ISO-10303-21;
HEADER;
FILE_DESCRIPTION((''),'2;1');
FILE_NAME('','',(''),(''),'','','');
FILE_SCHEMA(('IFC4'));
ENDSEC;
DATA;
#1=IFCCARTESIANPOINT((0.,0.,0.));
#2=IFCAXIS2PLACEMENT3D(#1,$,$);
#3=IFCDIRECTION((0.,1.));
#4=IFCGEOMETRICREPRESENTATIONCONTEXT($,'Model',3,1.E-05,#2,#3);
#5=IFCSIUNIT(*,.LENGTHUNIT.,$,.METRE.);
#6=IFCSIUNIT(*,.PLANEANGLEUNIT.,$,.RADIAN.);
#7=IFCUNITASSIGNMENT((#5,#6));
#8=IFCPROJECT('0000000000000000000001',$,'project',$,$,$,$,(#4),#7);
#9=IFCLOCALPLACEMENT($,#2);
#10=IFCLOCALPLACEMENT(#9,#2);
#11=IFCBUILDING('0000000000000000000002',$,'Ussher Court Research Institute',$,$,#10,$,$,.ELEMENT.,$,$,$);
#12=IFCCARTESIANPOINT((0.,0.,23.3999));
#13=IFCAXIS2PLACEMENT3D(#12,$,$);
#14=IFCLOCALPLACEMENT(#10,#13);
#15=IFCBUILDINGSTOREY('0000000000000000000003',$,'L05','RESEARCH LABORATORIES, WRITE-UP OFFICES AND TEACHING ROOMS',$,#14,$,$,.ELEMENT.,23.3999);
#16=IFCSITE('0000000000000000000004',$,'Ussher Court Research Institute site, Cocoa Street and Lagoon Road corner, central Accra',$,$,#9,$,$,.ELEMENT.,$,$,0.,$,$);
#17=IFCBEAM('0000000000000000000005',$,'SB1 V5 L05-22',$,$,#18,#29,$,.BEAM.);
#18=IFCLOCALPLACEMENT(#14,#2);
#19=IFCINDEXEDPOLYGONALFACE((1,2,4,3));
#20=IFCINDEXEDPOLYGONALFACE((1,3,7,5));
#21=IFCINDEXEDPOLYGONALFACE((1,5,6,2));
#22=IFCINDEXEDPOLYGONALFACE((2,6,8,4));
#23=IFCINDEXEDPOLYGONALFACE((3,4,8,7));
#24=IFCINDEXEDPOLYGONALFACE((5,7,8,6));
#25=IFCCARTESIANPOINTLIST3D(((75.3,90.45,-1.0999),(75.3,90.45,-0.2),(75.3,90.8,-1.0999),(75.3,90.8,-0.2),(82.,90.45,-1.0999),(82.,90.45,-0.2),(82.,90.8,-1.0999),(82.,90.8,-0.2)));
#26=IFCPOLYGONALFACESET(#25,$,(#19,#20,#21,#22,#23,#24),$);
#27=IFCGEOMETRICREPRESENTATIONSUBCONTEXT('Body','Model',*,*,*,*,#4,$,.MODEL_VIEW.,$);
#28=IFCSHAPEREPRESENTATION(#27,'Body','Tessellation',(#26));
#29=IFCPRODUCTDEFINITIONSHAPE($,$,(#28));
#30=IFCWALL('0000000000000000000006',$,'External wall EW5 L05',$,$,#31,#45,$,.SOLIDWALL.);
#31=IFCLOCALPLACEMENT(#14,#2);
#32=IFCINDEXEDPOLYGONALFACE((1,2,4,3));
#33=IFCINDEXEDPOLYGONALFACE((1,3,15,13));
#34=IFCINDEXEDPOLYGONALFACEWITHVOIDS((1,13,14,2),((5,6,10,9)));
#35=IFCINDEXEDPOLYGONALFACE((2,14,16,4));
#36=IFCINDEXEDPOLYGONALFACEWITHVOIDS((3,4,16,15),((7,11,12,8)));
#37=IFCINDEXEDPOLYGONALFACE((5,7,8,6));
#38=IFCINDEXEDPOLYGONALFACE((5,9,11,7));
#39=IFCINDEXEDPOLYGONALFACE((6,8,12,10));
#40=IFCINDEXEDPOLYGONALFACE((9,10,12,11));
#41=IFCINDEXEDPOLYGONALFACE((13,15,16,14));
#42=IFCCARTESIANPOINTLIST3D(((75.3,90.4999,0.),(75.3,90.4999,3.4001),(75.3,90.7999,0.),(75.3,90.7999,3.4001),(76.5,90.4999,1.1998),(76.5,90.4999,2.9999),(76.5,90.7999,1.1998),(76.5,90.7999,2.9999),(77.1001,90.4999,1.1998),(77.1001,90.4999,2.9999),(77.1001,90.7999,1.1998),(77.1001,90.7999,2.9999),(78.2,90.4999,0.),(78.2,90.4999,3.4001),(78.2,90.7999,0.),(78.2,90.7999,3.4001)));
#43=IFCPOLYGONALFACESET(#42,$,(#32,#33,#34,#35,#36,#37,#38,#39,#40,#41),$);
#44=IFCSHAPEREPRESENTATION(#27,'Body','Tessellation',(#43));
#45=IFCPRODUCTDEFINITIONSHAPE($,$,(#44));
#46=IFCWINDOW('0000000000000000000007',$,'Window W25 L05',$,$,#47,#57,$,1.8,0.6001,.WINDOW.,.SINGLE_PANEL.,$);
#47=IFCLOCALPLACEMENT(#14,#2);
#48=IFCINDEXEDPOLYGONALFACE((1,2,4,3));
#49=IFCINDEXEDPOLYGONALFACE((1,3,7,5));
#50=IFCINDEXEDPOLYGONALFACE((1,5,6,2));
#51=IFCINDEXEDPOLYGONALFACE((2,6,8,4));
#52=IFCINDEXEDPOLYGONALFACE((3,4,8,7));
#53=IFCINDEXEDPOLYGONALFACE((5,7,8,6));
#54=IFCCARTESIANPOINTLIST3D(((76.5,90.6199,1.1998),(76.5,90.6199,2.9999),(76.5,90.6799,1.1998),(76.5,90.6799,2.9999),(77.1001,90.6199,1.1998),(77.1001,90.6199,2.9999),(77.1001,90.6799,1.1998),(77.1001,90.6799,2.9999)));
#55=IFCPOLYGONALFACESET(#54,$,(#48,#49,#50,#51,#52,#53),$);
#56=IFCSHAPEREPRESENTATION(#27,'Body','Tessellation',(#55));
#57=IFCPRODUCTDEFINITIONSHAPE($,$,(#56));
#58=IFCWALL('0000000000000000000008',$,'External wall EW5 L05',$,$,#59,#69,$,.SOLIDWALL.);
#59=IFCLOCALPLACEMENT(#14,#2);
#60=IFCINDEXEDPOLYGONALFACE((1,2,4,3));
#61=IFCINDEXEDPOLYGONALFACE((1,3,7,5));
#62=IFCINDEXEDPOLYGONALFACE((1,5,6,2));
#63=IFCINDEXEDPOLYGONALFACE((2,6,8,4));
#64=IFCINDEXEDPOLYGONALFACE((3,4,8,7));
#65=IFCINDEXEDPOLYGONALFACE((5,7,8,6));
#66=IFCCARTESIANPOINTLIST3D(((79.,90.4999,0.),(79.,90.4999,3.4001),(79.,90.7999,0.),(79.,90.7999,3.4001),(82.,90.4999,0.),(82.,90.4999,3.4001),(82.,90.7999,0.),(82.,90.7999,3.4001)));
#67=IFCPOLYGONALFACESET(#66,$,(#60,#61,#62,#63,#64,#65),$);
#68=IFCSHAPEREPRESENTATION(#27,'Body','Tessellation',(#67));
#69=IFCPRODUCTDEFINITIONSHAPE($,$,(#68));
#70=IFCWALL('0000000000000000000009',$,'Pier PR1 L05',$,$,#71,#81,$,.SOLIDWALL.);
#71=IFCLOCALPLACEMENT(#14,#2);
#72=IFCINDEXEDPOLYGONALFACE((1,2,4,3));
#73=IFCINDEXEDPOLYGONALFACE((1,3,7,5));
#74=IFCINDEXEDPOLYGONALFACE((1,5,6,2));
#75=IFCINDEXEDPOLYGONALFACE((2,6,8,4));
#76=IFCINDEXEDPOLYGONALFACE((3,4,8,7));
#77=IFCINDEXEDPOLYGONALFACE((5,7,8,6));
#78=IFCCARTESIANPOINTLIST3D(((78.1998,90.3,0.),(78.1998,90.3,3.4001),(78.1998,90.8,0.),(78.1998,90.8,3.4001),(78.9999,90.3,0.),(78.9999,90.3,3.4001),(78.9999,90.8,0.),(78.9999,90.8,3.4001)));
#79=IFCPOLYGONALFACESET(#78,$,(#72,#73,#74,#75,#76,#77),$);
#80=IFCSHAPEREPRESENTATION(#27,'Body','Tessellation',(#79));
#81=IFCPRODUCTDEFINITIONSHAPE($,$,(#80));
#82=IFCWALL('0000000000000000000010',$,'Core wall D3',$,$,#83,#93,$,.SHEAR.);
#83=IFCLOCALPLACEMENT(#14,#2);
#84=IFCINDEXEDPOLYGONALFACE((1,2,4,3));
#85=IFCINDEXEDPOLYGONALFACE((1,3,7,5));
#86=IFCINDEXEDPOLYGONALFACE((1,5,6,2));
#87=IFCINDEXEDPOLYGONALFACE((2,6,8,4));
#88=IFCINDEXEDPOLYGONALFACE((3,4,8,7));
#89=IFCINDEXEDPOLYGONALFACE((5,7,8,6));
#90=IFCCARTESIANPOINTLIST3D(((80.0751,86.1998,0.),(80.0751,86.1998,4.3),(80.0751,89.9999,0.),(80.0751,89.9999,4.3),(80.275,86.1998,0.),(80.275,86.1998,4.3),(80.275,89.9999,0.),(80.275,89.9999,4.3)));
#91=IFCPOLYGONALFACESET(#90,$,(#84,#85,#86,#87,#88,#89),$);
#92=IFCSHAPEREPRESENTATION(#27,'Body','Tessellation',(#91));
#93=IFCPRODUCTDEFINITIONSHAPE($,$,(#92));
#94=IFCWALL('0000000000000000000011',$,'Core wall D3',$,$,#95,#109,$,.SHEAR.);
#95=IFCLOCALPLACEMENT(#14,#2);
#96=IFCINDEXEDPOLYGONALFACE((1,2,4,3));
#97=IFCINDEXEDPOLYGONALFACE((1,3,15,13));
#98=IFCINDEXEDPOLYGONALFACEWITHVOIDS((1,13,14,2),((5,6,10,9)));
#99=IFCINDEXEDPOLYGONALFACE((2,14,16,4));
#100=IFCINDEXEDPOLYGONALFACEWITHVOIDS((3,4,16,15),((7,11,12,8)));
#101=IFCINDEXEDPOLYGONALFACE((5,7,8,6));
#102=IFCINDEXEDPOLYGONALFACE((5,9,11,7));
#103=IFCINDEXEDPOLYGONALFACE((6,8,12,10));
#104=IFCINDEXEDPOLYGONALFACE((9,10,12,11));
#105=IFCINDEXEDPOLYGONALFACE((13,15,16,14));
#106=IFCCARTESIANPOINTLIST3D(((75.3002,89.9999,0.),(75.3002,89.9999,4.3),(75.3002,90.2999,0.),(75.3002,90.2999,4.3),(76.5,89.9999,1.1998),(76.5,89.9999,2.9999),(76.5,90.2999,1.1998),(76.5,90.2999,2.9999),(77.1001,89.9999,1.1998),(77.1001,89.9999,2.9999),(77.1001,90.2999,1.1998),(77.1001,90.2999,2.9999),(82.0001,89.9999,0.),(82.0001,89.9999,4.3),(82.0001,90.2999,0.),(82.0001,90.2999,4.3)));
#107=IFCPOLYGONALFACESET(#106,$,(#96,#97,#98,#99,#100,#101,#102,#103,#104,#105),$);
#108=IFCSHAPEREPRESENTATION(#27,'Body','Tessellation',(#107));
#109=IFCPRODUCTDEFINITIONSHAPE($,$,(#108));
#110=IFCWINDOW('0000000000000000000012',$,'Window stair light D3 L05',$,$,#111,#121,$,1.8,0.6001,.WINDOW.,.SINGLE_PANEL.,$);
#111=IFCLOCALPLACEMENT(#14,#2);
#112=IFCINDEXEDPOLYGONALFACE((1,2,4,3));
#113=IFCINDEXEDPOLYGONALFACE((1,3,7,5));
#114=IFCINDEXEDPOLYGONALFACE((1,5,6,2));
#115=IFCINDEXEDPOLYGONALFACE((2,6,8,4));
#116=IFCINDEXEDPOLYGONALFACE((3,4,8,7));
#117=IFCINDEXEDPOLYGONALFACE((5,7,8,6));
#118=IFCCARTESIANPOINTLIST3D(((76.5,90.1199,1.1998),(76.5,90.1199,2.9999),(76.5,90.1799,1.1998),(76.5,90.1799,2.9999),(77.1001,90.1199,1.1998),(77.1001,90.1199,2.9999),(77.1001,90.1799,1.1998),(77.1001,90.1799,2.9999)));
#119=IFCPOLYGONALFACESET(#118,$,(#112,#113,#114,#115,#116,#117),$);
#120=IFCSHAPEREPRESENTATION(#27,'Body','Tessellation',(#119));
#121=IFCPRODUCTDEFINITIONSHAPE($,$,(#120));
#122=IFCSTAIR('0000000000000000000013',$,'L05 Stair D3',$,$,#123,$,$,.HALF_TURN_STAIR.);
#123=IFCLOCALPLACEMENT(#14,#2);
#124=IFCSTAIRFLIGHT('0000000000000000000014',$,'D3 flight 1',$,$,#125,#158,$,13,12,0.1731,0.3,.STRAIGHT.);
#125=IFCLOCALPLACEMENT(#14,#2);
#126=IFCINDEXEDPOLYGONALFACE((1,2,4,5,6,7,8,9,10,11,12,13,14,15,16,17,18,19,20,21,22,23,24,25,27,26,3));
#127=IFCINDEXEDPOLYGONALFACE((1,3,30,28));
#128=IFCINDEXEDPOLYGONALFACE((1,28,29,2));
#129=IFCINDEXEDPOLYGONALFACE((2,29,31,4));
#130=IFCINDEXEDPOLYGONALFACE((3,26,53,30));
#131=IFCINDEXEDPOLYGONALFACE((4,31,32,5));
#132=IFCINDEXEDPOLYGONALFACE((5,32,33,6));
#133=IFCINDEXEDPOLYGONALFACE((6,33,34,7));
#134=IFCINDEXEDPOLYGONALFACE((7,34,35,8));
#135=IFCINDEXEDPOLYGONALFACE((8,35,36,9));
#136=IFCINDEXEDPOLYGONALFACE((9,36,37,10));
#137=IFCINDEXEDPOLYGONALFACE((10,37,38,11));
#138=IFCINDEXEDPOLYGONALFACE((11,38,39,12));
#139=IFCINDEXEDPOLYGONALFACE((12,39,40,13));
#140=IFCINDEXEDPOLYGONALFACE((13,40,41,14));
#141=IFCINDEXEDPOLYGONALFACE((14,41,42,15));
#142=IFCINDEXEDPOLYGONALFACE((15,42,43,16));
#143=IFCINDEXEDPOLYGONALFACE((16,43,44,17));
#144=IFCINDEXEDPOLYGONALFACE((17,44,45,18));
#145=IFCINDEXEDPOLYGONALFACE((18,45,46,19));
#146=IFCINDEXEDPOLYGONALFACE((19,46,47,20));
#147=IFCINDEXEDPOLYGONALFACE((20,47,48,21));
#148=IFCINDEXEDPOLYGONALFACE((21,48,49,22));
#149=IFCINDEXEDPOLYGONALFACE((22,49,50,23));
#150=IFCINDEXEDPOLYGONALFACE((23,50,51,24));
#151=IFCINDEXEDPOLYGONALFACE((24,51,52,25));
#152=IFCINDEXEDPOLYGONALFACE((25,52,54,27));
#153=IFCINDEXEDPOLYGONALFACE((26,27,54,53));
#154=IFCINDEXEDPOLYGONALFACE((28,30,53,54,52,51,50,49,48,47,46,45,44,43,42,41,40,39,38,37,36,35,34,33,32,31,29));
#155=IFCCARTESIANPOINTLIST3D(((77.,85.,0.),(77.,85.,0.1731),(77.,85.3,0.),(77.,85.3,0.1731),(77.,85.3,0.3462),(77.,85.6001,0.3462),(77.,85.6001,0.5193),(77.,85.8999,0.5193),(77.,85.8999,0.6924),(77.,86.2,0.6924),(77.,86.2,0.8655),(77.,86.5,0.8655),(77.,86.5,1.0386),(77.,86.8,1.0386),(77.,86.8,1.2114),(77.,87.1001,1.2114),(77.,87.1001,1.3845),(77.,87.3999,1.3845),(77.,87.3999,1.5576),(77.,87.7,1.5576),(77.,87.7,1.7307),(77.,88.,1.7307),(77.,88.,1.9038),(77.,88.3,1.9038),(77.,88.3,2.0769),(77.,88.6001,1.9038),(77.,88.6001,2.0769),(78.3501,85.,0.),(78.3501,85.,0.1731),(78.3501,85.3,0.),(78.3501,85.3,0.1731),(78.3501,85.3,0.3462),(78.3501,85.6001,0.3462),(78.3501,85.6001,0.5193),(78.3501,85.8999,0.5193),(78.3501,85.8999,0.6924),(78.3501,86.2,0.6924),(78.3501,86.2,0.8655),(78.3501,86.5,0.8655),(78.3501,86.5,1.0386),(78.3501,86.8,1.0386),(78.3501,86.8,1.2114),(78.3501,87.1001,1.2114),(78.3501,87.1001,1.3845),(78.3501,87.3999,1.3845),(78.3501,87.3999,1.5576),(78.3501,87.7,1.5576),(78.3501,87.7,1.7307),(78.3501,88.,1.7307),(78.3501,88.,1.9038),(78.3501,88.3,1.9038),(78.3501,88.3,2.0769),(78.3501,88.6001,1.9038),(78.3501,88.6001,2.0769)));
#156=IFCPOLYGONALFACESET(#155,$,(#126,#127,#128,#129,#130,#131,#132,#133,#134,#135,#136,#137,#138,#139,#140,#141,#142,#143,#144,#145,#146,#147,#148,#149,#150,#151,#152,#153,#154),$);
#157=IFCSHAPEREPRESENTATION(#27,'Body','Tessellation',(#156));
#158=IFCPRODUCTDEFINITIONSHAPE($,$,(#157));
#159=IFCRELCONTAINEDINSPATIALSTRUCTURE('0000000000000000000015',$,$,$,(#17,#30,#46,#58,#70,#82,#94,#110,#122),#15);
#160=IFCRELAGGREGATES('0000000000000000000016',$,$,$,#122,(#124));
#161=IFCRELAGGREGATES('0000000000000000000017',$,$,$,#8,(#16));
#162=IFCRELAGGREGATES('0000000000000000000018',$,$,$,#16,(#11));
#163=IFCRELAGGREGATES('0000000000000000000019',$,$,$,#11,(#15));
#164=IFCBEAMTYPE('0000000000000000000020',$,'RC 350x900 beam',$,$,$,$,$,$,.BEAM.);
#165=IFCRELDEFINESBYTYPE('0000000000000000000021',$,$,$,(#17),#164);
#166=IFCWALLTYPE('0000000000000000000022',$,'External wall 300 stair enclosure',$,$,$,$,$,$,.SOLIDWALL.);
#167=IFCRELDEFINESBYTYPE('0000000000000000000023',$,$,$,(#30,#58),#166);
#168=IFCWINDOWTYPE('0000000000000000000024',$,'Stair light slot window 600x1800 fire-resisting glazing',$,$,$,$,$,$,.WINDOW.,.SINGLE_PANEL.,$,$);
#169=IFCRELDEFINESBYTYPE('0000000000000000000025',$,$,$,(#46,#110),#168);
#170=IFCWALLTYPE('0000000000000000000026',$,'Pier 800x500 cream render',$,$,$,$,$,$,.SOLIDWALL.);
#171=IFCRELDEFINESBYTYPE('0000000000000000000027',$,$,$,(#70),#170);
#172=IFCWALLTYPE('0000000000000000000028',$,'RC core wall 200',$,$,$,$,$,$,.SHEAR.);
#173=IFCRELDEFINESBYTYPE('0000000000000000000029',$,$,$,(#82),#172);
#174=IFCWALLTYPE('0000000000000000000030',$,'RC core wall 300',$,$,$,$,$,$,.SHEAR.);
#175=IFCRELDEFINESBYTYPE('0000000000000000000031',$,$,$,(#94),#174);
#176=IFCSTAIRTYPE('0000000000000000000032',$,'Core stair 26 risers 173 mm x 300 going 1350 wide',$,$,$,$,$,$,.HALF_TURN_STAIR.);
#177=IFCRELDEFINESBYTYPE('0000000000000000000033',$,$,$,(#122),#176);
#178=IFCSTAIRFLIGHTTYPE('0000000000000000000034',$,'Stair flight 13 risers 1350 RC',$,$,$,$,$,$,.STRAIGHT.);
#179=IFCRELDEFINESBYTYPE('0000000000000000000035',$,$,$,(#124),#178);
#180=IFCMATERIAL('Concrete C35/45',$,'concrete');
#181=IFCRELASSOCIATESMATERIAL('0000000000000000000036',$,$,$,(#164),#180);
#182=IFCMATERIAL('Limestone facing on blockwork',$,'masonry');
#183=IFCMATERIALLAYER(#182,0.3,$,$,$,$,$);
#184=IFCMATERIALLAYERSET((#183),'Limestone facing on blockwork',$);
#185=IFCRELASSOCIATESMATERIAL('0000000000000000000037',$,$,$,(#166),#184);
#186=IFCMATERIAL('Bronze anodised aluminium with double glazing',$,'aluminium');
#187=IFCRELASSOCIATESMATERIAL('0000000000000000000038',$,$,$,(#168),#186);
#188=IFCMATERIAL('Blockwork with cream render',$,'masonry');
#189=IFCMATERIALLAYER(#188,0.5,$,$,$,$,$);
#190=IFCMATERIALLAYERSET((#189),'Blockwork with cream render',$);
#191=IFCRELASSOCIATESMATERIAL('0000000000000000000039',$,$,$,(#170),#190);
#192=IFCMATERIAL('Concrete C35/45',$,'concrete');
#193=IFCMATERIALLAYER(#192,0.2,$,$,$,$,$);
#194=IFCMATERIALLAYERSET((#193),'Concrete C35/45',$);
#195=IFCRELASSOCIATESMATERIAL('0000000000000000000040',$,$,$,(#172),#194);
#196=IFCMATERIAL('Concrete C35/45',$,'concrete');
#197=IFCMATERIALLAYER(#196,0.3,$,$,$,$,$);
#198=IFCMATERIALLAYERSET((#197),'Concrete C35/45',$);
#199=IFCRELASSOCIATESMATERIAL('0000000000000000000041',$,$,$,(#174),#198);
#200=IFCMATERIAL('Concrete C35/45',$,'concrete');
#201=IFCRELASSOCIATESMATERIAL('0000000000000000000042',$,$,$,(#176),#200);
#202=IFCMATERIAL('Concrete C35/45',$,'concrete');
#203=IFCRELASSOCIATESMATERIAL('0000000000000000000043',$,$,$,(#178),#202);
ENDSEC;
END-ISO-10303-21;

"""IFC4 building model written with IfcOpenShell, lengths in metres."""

from ifc_helpers import new_model, si_unit, direction, frame, frame_2d, origin, origin_2d, place, context, subcontext, project, spatial, polyline, rectangle, outline, extrude, material, layer, layer_set, material_profile, profile_set, type_object, element, fill, aggregate, save


model = new_model("IFC4")

# Units and contexts
model_context = context("Model", 3, precision=1e-05, world=origin(), true_north=direction((0.0, 1.0)))
body_context = subcontext(model_context, "Body", "Model", "MODEL_VIEW")
ifc_project = project(units=[si_unit("LENGTHUNIT", "METRE"), si_unit("PLANEANGLEUNIT", "RADIAN")], contexts=[model_context])

# Site, building, storey
site_placement = place(None, origin())
site = spatial("IfcSite", under=ifc_project, at=site_placement, Name="Ussher Court Research Institute site, Cocoa Street and Lagoon Road corner, central Accra", CompositionType="ELEMENT", RefElevation=0.0)
building_placement = place(site_placement, origin())
building = spatial("IfcBuilding", under=site, at=building_placement, Name="Ussher Court Research Institute", CompositionType="ELEMENT")
storey_placement = place(building_placement, frame((0.0, 0.0, 23.3999)))
storey = spatial("IfcBuildingStorey", under=building, at=storey_placement, Name="L05", Description="RESEARCH LABORATORIES, WRITE-UP OFFICES AND TEACHING ROOMS", CompositionType="ELEMENT", Elevation=23.3999)

# Beam
ifc_material_1 = material(Name="Concrete C35/45", Category="concrete")
ifc_material_profile = material_profile(ifc_material_1, rectangle(XDim=0.3501, YDim=0.8999, at=origin_2d()), Name="RC 350x900")
ifc_profile_set = profile_set([ifc_material_profile], Name="Concrete C35/45")
beam_type = type_object("IfcBeamType", Name="RC 350x900 beam", PredefinedType="BEAM", material=ifc_profile_set)
beam_placement = place(storey_placement, frame((75.3, 90.625, -0.6499), z_axis=(1.0, 0.0, 0.0), x_axis=(0.0, 1.0, 0.0)))
element("IfcBeam", 1, at=beam_placement, inside=storey, type_object=beam_type, Name="SB1 V5 L05-22", PredefinedType="BEAM", context=body_context, shape_type="SweptSolid", body=[
    extrude(rectangle(XDim=0.3501, YDim=0.8999, at=origin_2d()), origin(), (0.0, 0.0, 1.0), 6.7),
])

# Wall, opening, window
ifc_material_2 = material(Name="Limestone facing on blockwork", Category="masonry")
ifc_layer_1 = layer(ifc_material_2, 0.3)
ifc_layer_set_1 = layer_set([ifc_layer_1], Name="Limestone facing on blockwork")
wall_type_1 = type_object("IfcWallType", Name="External wall 300 stair enclosure", PredefinedType="SOLIDWALL", material=ifc_layer_set_1)
wall_1_placement = place(storey_placement, frame((75.3, 90.6499, 0.0), z_axis=(0.0, 0.0, 1.0), x_axis=(1.0, 0.0, 0.0)))
wall_1 = element("IfcWall", 2, at=wall_1_placement, inside=storey, type_object=wall_type_1, Name="External wall EW5 L05", PredefinedType="SOLIDWALL", context=body_context, shape_type="SweptSolid", body=[
    extrude(rectangle(XDim=2.8999, YDim=0.3, at=frame_2d((1.45, 0.0))), origin(), (0.0, 0.0, 1.0), 3.4001),
])
opening_1_placement = place(wall_1_placement, frame((1.2, 0.0, 1.2)))
opening_1 = element("IfcOpeningElement", 3, at=opening_1_placement, cuts=wall_1, PredefinedType="OPENING", context=body_context, shape_type="SweptSolid", body=[
    extrude(rectangle(XDim=0.6001, YDim=1.8, at=frame_2d((0.3, 0.8999))), frame((0.0, 0.1602, 0.0), z_axis=(0.0, -1.0, 0.0), x_axis=(1.0, 0.0, 0.0)), (0.0, 0.0, 1.0), 0.3201),
])
ifc_material_3 = material(Name="Bronze anodised aluminium with double glazing", Category="aluminium")
window_type = type_object("IfcWindowType", Name="Stair light slot window 600x1800 fire-resisting glazing", PartitioningType="SINGLE_PANEL", PredefinedType="WINDOW", material=ifc_material_3)
window_1_placement = place(opening_1_placement, origin())
window_1 = element("IfcWindow", 4, at=window_1_placement, inside=storey, type_object=window_type, Name="Window W25 L05", OverallHeight=1.8, OverallWidth=0.6001, PartitioningType="SINGLE_PANEL", PredefinedType="WINDOW", context=body_context, shape_type="SweptSolid", body=[
    extrude(rectangle(XDim=0.6001, YDim=1.8, at=frame_2d((0.3, 0.8999))), frame((0.0, 0.03, 0.0), z_axis=(0.0, -1.0, 0.0), x_axis=(1.0, 0.0, 0.0)), (0.0, 0.0, 1.0), 0.0601),
])
fill(opening_1, window_1)

# Walls
wall_2_placement = place(storey_placement, frame((79.0, 90.6499, 0.0), z_axis=(0.0, 0.0, 1.0), x_axis=(1.0, 0.0, 0.0)))
element("IfcWall", 5, at=wall_2_placement, inside=storey, type_object=wall_type_1, Name="External wall EW5 L05", PredefinedType="SOLIDWALL", context=body_context, shape_type="SweptSolid", body=[
    extrude(rectangle(XDim=3.0, YDim=0.3, at=frame_2d((1.5, 0.0))), origin(), (0.0, 0.0, 1.0), 3.4001),
])
ifc_material_4 = material(Name="Blockwork with cream render", Category="masonry")
ifc_layer_2 = layer(ifc_material_4, 0.5)
ifc_layer_set_2 = layer_set([ifc_layer_2], Name="Blockwork with cream render")
wall_type_2 = type_object("IfcWallType", Name="Pier 800x500 cream render", PredefinedType="SOLIDWALL", material=ifc_layer_set_2)
wall_3_placement = place(storey_placement, frame((78.2, 90.55, 0.0), z_axis=(0.0, 0.0, 1.0), x_axis=(1.0, 0.0, 0.0)))
element("IfcWall", 6, at=wall_3_placement, inside=storey, type_object=wall_type_2, Name="Pier PR1 L05", PredefinedType="SOLIDWALL", context=body_context, shape_type="SweptSolid", body=[
    extrude(rectangle(XDim=0.8, YDim=0.5, at=frame_2d((0.3999, 0.0))), origin(), (0.0, 0.0, 1.0), 3.4001),
])
ifc_material_5 = material(Name="Concrete C35/45", Category="concrete")
ifc_layer_3 = layer(ifc_material_5, 0.2)
ifc_layer_set_3 = layer_set([ifc_layer_3], Name="Concrete C35/45")
wall_type_3 = type_object("IfcWallType", Name="RC core wall 200", PredefinedType="SHEAR", material=ifc_layer_set_3)
wall_4_placement = place(storey_placement, frame((80.175, 86.2, 0.0), z_axis=(0.0, 0.0, 1.0), x_axis=(0.0, 1.0, 0.0)))
element("IfcWall", 7, at=wall_4_placement, inside=storey, type_object=wall_type_3, Name="Core wall D3", PredefinedType="SHEAR", context=body_context, shape_type="SweptSolid", body=[
    extrude(rectangle(XDim=3.8, YDim=0.2, at=frame_2d((1.8999, 0.0))), origin(), (0.0, 0.0, 1.0), 4.3),
])

# Wall, opening, window
ifc_material_6 = material(Name="Concrete C35/45", Category="concrete")
ifc_layer_4 = layer(ifc_material_6, 0.3)
ifc_layer_set_4 = layer_set([ifc_layer_4], Name="Concrete C35/45")
wall_type_4 = type_object("IfcWallType", Name="RC core wall 300", PredefinedType="SHEAR", material=ifc_layer_set_4)
wall_5_placement = place(storey_placement, frame((75.3, 90.1499, 0.0), z_axis=(0.0, 0.0, 1.0), x_axis=(1.0, 0.0, 0.0)))
wall_5 = element("IfcWall", 8, at=wall_5_placement, inside=storey, type_object=wall_type_4, Name="Core wall D3", PredefinedType="SHEAR", context=body_context, shape_type="SweptSolid", body=[
    extrude(rectangle(XDim=6.7, YDim=0.3, at=frame_2d((3.3501, 0.0))), origin(), (0.0, 0.0, 1.0), 4.3),
])
opening_2_placement = place(wall_5_placement, frame((1.2, 0.0, 1.2)))
opening_2 = element("IfcOpeningElement", 9, at=opening_2_placement, cuts=wall_5, PredefinedType="OPENING", context=body_context, shape_type="SweptSolid", body=[
    extrude(rectangle(XDim=0.6001, YDim=1.8, at=frame_2d((0.3, 0.8999))), frame((0.0, 0.1602, 0.0), z_axis=(0.0, -1.0, 0.0), x_axis=(1.0, 0.0, 0.0)), (0.0, 0.0, 1.0), 0.3201),
])
window_2_placement = place(opening_2_placement, origin())
window_2 = element("IfcWindow", 10, at=window_2_placement, inside=storey, type_object=window_type, Name="Window stair light D3 L05", OverallHeight=1.8, OverallWidth=0.6001, PartitioningType="SINGLE_PANEL", PredefinedType="WINDOW", context=body_context, shape_type="SweptSolid", body=[
    extrude(rectangle(XDim=0.6001, YDim=1.8, at=frame_2d((0.3, 0.8999))), frame((0.0, 0.03, 0.0), z_axis=(0.0, -1.0, 0.0), x_axis=(1.0, 0.0, 0.0)), (0.0, 0.0, 1.0), 0.0601),
])
fill(opening_2, window_2)

# Stair, stair flight
ifc_material_7 = material(Name="Concrete C35/45", Category="concrete")
stair_type = type_object("IfcStairType", Name="Core stair 26 risers 173 mm x 300 going 1350 wide", PredefinedType="HALF_TURN_STAIR", material=ifc_material_7)
stair_placement = place(storey_placement, origin())
stair = element("IfcStair", 11, at=stair_placement, inside=storey, type_object=stair_type, Name="L05 Stair D3", PredefinedType="HALF_TURN_STAIR")
ifc_material_8 = material(Name="Concrete C35/45", Category="concrete")
stair_flight_type = type_object("IfcStairFlightType", Name="Stair flight 13 risers 1350 RC", PredefinedType="STRAIGHT", material=ifc_material_8)
stair_flight_1_placement = place(storey_placement, frame((77.675, 85.0, 0.0), z_axis=(0.0, 0.0, 1.0), x_axis=(0.0, 1.0, 0.0)))
stair_flight_1 = element("IfcStairFlight", 12, at=stair_flight_1_placement, type_object=stair_flight_type, Name="D3 flight 1", NumberOfRisers=13, NumberOfTreads=12, PredefinedType="STRAIGHT", RiserHeight=0.1731, TreadLength=0.3, context=body_context, shape_type="SweptSolid", body=[
    extrude(outline(polyline([(0.0, 0.0), (0.0, 0.1731), (0.3, 0.1731), (0.3, 0.3462), (0.6001, 0.3462), (0.6001, 0.5193), (0.8999, 0.5193), (0.8999, 0.6924), (1.2, 0.6924), (1.2, 0.8655), (1.5, 0.8655), (1.5, 1.0386), (1.8, 1.0386), (1.8, 1.2114), (2.1001, 1.2114), (2.1001, 1.3845), (2.3999, 1.3845), (2.3999, 1.5576), (2.7, 1.5576), (2.7, 1.7307), (3.0, 1.7307), (3.0, 1.9038), (3.3, 1.9038), (3.3, 2.0769), (3.6001, 2.0769), (3.6001, 2.25), (3.6001, 1.9038), (0.3, 0.0), (0.0, 0.0)])), frame((0.0, 0.675, 0.0), z_axis=(0.0, -1.0, 0.0), x_axis=(1.0, 0.0, 0.0)), (0.0, 0.0, 1.0), 1.3501),
])
aggregate(stair, [stair_flight_1])

save(model, "model.ifc")
